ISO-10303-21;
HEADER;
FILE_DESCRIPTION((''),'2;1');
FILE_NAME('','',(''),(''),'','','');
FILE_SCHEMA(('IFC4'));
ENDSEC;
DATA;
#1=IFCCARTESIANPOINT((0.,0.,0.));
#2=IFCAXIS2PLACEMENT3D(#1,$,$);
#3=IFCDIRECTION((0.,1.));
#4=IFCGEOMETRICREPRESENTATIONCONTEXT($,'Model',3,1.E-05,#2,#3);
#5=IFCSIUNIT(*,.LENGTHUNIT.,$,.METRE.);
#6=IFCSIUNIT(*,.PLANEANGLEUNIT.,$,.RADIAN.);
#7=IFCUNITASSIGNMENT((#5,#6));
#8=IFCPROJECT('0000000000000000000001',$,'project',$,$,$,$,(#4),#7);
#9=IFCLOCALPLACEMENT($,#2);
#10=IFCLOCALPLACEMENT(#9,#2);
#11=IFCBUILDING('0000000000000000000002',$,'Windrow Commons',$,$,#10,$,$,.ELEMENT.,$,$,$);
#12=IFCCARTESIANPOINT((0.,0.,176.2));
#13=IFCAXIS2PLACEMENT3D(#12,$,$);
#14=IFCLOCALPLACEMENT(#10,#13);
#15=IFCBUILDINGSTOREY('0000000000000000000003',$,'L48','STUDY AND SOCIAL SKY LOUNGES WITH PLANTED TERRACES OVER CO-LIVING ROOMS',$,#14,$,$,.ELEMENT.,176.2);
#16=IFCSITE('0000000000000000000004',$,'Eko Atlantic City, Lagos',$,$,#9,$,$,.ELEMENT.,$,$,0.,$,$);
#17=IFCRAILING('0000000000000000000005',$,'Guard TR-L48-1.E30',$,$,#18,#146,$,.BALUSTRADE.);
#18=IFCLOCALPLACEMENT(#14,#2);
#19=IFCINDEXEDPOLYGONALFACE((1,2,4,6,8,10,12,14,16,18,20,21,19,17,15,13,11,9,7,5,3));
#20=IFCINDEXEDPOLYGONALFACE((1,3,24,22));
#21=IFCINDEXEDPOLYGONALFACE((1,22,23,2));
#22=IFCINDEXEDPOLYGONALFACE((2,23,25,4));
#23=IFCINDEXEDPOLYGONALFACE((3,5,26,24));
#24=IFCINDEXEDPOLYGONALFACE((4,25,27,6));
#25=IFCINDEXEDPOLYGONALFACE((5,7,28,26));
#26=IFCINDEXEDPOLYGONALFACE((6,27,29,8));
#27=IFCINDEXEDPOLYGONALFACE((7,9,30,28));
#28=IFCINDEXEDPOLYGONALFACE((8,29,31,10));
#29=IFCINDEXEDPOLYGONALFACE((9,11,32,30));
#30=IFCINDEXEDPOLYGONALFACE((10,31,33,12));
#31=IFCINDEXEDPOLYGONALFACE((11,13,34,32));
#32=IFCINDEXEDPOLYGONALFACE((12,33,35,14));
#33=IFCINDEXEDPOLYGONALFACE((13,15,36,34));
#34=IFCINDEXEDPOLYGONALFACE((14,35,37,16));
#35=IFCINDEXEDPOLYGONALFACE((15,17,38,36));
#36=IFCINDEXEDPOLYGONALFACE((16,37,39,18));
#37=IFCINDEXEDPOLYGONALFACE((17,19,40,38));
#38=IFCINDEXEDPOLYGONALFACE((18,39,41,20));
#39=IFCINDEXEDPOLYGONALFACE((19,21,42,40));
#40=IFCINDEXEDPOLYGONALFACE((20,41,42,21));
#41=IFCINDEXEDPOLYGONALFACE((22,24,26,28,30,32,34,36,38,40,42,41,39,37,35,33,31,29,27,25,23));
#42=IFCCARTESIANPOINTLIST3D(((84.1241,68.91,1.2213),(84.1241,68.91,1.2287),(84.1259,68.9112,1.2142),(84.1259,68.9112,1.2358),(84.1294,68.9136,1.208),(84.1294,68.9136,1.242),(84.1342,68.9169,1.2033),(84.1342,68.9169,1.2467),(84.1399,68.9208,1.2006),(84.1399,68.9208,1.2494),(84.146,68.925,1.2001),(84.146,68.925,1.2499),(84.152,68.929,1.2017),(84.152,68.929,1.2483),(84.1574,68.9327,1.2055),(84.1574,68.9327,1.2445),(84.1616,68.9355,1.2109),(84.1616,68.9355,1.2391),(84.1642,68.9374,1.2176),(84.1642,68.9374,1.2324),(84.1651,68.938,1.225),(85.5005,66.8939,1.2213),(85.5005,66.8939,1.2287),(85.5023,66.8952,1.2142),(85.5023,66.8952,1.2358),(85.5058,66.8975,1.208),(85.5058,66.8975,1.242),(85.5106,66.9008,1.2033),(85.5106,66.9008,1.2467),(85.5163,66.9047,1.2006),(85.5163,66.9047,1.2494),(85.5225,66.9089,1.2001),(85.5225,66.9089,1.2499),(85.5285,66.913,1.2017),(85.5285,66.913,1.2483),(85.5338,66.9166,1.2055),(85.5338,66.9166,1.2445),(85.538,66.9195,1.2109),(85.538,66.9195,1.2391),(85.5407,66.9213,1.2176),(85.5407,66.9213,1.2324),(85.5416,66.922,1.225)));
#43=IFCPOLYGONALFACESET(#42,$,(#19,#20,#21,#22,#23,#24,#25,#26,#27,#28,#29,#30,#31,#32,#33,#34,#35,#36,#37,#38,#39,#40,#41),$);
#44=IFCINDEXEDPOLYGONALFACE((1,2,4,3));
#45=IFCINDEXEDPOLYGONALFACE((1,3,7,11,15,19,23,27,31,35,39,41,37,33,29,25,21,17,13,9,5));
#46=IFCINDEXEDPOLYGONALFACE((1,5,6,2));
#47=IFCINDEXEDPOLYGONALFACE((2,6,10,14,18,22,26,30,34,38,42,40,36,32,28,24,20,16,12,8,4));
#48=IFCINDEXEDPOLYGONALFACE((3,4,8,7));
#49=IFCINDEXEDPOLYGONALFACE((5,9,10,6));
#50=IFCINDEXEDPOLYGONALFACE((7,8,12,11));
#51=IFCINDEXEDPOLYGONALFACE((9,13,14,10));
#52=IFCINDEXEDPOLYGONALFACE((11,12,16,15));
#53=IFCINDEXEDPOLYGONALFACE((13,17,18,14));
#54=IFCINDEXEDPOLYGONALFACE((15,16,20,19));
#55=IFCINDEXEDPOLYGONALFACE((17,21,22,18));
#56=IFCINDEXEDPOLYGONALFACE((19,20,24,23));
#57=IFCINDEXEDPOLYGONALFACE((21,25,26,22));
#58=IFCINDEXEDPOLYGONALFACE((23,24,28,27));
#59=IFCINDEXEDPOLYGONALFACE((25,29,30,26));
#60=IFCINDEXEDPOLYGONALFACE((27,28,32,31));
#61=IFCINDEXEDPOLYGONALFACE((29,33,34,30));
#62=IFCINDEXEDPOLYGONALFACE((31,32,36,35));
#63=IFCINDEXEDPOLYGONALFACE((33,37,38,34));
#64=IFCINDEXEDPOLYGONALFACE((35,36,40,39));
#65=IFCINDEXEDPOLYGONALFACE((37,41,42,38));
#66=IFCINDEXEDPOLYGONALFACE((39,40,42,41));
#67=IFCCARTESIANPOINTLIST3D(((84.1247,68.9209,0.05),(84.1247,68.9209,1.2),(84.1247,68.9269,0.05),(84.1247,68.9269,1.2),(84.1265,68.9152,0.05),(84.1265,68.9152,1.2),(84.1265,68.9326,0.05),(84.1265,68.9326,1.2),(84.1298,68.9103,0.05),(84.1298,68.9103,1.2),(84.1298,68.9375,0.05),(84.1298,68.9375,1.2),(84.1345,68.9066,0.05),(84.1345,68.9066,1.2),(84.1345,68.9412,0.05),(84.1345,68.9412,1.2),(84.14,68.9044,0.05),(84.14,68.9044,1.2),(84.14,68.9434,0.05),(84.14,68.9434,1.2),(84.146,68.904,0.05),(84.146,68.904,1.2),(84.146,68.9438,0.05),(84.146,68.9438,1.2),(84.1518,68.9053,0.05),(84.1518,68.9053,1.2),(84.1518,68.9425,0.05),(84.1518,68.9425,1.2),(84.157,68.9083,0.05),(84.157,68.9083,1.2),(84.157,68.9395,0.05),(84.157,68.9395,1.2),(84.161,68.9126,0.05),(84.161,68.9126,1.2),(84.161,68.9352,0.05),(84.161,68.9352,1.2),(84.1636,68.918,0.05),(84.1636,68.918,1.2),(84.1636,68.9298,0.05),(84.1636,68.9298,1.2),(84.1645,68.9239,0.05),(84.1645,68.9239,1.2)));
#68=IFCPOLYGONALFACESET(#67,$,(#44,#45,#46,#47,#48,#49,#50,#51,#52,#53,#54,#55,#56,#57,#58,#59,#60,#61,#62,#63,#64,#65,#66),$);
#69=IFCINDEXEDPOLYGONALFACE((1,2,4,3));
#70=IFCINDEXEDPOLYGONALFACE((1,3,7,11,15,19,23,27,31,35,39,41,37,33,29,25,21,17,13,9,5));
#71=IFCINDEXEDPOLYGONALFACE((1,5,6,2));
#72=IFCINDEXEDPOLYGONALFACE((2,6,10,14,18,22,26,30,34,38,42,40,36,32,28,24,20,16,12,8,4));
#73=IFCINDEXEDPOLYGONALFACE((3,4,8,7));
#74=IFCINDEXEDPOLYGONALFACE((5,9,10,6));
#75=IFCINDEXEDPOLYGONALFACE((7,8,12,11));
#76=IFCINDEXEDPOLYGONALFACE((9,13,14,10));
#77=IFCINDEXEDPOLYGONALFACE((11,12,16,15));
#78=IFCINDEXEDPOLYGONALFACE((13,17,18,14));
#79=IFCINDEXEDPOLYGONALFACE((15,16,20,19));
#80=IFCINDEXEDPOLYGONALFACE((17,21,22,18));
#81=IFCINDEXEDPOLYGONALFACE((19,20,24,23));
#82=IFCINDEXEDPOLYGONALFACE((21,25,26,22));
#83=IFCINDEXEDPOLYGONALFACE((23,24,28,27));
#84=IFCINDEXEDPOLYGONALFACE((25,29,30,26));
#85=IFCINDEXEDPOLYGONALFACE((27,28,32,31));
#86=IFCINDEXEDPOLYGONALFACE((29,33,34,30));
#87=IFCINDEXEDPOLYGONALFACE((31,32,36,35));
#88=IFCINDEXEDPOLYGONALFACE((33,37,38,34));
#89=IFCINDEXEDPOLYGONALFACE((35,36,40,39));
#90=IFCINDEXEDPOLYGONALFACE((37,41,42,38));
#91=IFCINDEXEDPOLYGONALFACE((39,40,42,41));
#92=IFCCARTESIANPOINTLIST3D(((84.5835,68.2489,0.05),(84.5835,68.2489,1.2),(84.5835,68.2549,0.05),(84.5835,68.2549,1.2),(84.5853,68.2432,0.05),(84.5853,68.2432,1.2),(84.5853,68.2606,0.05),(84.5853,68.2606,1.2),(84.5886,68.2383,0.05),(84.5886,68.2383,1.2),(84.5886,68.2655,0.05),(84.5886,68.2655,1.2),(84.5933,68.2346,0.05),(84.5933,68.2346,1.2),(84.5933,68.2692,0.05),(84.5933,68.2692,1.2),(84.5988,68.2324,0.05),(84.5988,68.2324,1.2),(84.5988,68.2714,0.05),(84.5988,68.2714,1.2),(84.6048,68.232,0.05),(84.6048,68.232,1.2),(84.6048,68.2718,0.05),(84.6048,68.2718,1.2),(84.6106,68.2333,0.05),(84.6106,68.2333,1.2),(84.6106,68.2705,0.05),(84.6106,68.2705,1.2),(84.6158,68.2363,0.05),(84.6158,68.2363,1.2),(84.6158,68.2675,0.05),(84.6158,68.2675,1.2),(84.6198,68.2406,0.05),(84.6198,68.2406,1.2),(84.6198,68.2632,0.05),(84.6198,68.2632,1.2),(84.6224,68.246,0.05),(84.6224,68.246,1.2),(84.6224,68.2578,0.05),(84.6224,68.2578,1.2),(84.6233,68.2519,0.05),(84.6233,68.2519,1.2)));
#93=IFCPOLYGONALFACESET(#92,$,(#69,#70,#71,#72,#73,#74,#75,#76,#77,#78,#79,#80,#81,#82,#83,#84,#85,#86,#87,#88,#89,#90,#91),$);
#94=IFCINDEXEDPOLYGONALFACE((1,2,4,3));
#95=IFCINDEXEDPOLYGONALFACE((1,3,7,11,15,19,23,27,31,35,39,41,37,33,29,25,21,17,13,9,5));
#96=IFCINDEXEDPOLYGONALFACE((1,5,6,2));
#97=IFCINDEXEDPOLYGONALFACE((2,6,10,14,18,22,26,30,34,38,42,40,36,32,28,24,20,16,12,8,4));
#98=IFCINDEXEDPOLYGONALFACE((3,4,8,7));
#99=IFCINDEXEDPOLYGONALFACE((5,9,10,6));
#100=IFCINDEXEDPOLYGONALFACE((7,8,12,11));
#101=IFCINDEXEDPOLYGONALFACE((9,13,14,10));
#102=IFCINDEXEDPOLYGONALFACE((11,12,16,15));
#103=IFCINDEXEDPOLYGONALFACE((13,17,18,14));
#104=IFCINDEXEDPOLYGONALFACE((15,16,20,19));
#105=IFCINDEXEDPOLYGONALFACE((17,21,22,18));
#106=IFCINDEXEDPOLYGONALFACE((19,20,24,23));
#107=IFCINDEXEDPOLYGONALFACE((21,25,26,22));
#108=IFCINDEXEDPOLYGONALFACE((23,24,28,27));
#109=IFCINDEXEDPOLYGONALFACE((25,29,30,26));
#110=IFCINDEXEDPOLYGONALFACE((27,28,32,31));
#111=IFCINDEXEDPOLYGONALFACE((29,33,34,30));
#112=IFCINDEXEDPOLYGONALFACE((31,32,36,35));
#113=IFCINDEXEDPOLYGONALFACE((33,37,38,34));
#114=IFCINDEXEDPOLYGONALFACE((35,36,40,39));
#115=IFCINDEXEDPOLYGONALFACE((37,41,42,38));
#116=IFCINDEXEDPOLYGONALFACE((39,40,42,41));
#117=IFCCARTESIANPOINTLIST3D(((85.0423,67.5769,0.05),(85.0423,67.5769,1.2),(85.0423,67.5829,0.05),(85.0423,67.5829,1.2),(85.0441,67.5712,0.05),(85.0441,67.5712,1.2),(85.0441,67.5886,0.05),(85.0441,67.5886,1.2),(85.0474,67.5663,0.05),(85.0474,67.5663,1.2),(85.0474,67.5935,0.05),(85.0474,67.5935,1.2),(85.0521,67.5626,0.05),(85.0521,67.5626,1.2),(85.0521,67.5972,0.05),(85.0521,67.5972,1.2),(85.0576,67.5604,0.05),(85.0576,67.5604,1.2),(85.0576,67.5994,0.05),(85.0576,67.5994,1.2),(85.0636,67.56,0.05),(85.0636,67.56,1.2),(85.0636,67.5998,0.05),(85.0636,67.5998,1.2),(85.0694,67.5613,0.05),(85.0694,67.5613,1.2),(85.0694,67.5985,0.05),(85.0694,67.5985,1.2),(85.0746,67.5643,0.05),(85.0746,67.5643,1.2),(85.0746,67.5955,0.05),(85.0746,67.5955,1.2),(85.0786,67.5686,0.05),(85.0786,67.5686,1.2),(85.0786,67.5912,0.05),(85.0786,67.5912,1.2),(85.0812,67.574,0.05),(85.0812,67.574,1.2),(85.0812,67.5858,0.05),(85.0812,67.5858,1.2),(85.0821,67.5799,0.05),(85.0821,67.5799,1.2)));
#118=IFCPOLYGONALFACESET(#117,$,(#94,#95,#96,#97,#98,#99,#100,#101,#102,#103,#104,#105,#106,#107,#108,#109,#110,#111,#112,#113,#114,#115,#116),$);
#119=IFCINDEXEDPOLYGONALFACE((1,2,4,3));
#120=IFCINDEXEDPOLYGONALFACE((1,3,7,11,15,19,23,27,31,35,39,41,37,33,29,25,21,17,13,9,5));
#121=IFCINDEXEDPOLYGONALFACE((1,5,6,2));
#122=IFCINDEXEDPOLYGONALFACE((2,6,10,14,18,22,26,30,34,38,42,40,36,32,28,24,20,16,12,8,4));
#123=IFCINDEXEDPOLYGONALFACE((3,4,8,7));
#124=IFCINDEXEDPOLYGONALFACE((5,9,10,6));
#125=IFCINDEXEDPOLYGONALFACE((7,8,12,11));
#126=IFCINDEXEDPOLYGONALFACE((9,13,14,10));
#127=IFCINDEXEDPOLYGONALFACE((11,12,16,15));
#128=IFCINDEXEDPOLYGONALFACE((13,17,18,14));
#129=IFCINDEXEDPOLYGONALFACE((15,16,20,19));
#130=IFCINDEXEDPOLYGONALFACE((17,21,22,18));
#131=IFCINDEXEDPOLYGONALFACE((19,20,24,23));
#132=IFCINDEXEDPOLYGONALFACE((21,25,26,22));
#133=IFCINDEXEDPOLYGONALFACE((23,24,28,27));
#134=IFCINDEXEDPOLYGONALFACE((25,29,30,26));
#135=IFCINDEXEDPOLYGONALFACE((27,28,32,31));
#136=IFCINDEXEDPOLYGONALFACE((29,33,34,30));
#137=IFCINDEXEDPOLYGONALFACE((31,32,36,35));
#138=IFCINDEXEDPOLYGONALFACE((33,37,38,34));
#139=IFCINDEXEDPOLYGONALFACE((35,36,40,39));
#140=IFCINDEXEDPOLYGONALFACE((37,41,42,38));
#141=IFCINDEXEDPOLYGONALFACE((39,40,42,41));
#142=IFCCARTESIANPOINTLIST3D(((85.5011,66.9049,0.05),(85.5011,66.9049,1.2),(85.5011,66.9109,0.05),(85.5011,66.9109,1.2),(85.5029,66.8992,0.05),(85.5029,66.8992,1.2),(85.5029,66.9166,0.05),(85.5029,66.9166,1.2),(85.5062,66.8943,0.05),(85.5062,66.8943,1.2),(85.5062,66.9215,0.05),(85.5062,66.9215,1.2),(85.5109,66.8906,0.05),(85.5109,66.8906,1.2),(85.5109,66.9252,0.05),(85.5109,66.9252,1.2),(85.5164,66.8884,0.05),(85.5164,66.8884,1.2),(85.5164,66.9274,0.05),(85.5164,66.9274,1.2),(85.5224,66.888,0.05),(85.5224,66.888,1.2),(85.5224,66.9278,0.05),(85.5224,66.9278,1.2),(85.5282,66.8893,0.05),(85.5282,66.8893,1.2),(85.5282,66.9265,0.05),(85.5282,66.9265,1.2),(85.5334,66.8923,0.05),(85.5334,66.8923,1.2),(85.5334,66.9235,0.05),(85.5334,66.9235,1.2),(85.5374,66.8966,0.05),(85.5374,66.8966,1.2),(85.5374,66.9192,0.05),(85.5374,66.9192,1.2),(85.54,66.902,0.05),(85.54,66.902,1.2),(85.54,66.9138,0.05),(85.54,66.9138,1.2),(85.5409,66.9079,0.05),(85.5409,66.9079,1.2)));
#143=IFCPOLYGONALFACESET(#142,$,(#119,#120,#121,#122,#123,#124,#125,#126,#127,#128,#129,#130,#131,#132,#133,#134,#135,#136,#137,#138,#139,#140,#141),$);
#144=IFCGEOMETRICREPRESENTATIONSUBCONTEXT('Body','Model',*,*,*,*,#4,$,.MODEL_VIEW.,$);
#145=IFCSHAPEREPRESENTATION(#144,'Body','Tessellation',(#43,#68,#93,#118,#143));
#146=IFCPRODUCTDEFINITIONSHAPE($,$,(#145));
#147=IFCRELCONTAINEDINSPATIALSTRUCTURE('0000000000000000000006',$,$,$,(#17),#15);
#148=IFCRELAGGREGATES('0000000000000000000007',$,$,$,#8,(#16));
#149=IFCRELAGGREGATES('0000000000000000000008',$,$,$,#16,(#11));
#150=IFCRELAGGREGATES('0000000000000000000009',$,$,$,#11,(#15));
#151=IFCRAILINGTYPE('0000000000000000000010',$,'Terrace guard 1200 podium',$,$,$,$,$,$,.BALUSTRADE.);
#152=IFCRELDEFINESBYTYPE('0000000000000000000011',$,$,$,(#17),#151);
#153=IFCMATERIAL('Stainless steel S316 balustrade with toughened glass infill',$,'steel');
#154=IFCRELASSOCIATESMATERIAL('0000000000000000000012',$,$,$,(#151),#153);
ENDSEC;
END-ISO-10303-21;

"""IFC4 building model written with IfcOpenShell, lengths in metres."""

from ifc_helpers import new_model, si_unit, direction, frame, origin, origin_2d, place, context, subcontext, project, spatial, circle, extrude, material, type_object, element, save


model = new_model("IFC4")

# Units and contexts
model_context = context("Model", 3, precision=1e-05, world=origin(), true_north=direction((0.0, 1.0)))
body_context = subcontext(model_context, "Body", "Model", "MODEL_VIEW")
ifc_project = project(units=[si_unit("LENGTHUNIT", "METRE"), si_unit("PLANEANGLEUNIT", "RADIAN")], contexts=[model_context])

# Site, building, storey
site_placement = place(None, origin())
site = spatial("IfcSite", under=ifc_project, at=site_placement, Name="Eko Atlantic City, Lagos", CompositionType="ELEMENT", RefElevation=0.0)
building_placement = place(site_placement, origin())
building = spatial("IfcBuilding", under=site, at=building_placement, Name="Windrow Commons", CompositionType="ELEMENT")
storey_placement = place(building_placement, frame((0.0, 0.0, 176.2)))
storey = spatial("IfcBuildingStorey", under=building, at=storey_placement, Name="L48", Description="STUDY AND SOCIAL SKY LOUNGES WITH PLANTED TERRACES OVER CO-LIVING ROOMS", CompositionType="ELEMENT", Elevation=176.2)

# Railing
ifc_material_1 = material(Name="Stainless steel S316 balustrade with toughened glass infill", Category="steel")
railing_type_1 = type_object("IfcRailingType", Name="Terrace guard 1200 podium", PredefinedType="BALUSTRADE", material=ifc_material_1)
railing_1_placement = place(storey_placement, frame((84.1445, 68.9239, 0.05)))
element("IfcRailing", 1, at=railing_1_placement, inside=storey, type_object=railing_type_1, Name="Guard TR-L48-1.E30", PredefinedType="BALUSTRADE", context=body_context, shape_type="SweptSolid", body=[
    extrude(circle(Radius=0.025, at=origin_2d()), frame((0.0, 0.0, 1.175), z_axis=(0.563855, -0.825874, 0.0), x_axis=(0.825874, 0.563855, 0.0)), (0.0, 0.0, 1.0), 2.4411),
    extrude(circle(Radius=0.02, at=origin_2d()), origin(), (0.0, 0.0, 1.0), 1.15),
    extrude(circle(Radius=0.02, at=origin_2d()), frame((0.4588, -0.672, 0.0)), (0.0, 0.0, 1.0), 1.15),
    extrude(circle(Radius=0.02, at=origin_2d()), frame((0.9176, -1.344, 0.0)), (0.0, 0.0, 1.0), 1.15),
    extrude(circle(Radius=0.02, at=origin_2d()), frame((1.3764, -2.016, 0.0)), (0.0, 0.0, 1.0), 1.15),
])

save(model, "model.ifc")
